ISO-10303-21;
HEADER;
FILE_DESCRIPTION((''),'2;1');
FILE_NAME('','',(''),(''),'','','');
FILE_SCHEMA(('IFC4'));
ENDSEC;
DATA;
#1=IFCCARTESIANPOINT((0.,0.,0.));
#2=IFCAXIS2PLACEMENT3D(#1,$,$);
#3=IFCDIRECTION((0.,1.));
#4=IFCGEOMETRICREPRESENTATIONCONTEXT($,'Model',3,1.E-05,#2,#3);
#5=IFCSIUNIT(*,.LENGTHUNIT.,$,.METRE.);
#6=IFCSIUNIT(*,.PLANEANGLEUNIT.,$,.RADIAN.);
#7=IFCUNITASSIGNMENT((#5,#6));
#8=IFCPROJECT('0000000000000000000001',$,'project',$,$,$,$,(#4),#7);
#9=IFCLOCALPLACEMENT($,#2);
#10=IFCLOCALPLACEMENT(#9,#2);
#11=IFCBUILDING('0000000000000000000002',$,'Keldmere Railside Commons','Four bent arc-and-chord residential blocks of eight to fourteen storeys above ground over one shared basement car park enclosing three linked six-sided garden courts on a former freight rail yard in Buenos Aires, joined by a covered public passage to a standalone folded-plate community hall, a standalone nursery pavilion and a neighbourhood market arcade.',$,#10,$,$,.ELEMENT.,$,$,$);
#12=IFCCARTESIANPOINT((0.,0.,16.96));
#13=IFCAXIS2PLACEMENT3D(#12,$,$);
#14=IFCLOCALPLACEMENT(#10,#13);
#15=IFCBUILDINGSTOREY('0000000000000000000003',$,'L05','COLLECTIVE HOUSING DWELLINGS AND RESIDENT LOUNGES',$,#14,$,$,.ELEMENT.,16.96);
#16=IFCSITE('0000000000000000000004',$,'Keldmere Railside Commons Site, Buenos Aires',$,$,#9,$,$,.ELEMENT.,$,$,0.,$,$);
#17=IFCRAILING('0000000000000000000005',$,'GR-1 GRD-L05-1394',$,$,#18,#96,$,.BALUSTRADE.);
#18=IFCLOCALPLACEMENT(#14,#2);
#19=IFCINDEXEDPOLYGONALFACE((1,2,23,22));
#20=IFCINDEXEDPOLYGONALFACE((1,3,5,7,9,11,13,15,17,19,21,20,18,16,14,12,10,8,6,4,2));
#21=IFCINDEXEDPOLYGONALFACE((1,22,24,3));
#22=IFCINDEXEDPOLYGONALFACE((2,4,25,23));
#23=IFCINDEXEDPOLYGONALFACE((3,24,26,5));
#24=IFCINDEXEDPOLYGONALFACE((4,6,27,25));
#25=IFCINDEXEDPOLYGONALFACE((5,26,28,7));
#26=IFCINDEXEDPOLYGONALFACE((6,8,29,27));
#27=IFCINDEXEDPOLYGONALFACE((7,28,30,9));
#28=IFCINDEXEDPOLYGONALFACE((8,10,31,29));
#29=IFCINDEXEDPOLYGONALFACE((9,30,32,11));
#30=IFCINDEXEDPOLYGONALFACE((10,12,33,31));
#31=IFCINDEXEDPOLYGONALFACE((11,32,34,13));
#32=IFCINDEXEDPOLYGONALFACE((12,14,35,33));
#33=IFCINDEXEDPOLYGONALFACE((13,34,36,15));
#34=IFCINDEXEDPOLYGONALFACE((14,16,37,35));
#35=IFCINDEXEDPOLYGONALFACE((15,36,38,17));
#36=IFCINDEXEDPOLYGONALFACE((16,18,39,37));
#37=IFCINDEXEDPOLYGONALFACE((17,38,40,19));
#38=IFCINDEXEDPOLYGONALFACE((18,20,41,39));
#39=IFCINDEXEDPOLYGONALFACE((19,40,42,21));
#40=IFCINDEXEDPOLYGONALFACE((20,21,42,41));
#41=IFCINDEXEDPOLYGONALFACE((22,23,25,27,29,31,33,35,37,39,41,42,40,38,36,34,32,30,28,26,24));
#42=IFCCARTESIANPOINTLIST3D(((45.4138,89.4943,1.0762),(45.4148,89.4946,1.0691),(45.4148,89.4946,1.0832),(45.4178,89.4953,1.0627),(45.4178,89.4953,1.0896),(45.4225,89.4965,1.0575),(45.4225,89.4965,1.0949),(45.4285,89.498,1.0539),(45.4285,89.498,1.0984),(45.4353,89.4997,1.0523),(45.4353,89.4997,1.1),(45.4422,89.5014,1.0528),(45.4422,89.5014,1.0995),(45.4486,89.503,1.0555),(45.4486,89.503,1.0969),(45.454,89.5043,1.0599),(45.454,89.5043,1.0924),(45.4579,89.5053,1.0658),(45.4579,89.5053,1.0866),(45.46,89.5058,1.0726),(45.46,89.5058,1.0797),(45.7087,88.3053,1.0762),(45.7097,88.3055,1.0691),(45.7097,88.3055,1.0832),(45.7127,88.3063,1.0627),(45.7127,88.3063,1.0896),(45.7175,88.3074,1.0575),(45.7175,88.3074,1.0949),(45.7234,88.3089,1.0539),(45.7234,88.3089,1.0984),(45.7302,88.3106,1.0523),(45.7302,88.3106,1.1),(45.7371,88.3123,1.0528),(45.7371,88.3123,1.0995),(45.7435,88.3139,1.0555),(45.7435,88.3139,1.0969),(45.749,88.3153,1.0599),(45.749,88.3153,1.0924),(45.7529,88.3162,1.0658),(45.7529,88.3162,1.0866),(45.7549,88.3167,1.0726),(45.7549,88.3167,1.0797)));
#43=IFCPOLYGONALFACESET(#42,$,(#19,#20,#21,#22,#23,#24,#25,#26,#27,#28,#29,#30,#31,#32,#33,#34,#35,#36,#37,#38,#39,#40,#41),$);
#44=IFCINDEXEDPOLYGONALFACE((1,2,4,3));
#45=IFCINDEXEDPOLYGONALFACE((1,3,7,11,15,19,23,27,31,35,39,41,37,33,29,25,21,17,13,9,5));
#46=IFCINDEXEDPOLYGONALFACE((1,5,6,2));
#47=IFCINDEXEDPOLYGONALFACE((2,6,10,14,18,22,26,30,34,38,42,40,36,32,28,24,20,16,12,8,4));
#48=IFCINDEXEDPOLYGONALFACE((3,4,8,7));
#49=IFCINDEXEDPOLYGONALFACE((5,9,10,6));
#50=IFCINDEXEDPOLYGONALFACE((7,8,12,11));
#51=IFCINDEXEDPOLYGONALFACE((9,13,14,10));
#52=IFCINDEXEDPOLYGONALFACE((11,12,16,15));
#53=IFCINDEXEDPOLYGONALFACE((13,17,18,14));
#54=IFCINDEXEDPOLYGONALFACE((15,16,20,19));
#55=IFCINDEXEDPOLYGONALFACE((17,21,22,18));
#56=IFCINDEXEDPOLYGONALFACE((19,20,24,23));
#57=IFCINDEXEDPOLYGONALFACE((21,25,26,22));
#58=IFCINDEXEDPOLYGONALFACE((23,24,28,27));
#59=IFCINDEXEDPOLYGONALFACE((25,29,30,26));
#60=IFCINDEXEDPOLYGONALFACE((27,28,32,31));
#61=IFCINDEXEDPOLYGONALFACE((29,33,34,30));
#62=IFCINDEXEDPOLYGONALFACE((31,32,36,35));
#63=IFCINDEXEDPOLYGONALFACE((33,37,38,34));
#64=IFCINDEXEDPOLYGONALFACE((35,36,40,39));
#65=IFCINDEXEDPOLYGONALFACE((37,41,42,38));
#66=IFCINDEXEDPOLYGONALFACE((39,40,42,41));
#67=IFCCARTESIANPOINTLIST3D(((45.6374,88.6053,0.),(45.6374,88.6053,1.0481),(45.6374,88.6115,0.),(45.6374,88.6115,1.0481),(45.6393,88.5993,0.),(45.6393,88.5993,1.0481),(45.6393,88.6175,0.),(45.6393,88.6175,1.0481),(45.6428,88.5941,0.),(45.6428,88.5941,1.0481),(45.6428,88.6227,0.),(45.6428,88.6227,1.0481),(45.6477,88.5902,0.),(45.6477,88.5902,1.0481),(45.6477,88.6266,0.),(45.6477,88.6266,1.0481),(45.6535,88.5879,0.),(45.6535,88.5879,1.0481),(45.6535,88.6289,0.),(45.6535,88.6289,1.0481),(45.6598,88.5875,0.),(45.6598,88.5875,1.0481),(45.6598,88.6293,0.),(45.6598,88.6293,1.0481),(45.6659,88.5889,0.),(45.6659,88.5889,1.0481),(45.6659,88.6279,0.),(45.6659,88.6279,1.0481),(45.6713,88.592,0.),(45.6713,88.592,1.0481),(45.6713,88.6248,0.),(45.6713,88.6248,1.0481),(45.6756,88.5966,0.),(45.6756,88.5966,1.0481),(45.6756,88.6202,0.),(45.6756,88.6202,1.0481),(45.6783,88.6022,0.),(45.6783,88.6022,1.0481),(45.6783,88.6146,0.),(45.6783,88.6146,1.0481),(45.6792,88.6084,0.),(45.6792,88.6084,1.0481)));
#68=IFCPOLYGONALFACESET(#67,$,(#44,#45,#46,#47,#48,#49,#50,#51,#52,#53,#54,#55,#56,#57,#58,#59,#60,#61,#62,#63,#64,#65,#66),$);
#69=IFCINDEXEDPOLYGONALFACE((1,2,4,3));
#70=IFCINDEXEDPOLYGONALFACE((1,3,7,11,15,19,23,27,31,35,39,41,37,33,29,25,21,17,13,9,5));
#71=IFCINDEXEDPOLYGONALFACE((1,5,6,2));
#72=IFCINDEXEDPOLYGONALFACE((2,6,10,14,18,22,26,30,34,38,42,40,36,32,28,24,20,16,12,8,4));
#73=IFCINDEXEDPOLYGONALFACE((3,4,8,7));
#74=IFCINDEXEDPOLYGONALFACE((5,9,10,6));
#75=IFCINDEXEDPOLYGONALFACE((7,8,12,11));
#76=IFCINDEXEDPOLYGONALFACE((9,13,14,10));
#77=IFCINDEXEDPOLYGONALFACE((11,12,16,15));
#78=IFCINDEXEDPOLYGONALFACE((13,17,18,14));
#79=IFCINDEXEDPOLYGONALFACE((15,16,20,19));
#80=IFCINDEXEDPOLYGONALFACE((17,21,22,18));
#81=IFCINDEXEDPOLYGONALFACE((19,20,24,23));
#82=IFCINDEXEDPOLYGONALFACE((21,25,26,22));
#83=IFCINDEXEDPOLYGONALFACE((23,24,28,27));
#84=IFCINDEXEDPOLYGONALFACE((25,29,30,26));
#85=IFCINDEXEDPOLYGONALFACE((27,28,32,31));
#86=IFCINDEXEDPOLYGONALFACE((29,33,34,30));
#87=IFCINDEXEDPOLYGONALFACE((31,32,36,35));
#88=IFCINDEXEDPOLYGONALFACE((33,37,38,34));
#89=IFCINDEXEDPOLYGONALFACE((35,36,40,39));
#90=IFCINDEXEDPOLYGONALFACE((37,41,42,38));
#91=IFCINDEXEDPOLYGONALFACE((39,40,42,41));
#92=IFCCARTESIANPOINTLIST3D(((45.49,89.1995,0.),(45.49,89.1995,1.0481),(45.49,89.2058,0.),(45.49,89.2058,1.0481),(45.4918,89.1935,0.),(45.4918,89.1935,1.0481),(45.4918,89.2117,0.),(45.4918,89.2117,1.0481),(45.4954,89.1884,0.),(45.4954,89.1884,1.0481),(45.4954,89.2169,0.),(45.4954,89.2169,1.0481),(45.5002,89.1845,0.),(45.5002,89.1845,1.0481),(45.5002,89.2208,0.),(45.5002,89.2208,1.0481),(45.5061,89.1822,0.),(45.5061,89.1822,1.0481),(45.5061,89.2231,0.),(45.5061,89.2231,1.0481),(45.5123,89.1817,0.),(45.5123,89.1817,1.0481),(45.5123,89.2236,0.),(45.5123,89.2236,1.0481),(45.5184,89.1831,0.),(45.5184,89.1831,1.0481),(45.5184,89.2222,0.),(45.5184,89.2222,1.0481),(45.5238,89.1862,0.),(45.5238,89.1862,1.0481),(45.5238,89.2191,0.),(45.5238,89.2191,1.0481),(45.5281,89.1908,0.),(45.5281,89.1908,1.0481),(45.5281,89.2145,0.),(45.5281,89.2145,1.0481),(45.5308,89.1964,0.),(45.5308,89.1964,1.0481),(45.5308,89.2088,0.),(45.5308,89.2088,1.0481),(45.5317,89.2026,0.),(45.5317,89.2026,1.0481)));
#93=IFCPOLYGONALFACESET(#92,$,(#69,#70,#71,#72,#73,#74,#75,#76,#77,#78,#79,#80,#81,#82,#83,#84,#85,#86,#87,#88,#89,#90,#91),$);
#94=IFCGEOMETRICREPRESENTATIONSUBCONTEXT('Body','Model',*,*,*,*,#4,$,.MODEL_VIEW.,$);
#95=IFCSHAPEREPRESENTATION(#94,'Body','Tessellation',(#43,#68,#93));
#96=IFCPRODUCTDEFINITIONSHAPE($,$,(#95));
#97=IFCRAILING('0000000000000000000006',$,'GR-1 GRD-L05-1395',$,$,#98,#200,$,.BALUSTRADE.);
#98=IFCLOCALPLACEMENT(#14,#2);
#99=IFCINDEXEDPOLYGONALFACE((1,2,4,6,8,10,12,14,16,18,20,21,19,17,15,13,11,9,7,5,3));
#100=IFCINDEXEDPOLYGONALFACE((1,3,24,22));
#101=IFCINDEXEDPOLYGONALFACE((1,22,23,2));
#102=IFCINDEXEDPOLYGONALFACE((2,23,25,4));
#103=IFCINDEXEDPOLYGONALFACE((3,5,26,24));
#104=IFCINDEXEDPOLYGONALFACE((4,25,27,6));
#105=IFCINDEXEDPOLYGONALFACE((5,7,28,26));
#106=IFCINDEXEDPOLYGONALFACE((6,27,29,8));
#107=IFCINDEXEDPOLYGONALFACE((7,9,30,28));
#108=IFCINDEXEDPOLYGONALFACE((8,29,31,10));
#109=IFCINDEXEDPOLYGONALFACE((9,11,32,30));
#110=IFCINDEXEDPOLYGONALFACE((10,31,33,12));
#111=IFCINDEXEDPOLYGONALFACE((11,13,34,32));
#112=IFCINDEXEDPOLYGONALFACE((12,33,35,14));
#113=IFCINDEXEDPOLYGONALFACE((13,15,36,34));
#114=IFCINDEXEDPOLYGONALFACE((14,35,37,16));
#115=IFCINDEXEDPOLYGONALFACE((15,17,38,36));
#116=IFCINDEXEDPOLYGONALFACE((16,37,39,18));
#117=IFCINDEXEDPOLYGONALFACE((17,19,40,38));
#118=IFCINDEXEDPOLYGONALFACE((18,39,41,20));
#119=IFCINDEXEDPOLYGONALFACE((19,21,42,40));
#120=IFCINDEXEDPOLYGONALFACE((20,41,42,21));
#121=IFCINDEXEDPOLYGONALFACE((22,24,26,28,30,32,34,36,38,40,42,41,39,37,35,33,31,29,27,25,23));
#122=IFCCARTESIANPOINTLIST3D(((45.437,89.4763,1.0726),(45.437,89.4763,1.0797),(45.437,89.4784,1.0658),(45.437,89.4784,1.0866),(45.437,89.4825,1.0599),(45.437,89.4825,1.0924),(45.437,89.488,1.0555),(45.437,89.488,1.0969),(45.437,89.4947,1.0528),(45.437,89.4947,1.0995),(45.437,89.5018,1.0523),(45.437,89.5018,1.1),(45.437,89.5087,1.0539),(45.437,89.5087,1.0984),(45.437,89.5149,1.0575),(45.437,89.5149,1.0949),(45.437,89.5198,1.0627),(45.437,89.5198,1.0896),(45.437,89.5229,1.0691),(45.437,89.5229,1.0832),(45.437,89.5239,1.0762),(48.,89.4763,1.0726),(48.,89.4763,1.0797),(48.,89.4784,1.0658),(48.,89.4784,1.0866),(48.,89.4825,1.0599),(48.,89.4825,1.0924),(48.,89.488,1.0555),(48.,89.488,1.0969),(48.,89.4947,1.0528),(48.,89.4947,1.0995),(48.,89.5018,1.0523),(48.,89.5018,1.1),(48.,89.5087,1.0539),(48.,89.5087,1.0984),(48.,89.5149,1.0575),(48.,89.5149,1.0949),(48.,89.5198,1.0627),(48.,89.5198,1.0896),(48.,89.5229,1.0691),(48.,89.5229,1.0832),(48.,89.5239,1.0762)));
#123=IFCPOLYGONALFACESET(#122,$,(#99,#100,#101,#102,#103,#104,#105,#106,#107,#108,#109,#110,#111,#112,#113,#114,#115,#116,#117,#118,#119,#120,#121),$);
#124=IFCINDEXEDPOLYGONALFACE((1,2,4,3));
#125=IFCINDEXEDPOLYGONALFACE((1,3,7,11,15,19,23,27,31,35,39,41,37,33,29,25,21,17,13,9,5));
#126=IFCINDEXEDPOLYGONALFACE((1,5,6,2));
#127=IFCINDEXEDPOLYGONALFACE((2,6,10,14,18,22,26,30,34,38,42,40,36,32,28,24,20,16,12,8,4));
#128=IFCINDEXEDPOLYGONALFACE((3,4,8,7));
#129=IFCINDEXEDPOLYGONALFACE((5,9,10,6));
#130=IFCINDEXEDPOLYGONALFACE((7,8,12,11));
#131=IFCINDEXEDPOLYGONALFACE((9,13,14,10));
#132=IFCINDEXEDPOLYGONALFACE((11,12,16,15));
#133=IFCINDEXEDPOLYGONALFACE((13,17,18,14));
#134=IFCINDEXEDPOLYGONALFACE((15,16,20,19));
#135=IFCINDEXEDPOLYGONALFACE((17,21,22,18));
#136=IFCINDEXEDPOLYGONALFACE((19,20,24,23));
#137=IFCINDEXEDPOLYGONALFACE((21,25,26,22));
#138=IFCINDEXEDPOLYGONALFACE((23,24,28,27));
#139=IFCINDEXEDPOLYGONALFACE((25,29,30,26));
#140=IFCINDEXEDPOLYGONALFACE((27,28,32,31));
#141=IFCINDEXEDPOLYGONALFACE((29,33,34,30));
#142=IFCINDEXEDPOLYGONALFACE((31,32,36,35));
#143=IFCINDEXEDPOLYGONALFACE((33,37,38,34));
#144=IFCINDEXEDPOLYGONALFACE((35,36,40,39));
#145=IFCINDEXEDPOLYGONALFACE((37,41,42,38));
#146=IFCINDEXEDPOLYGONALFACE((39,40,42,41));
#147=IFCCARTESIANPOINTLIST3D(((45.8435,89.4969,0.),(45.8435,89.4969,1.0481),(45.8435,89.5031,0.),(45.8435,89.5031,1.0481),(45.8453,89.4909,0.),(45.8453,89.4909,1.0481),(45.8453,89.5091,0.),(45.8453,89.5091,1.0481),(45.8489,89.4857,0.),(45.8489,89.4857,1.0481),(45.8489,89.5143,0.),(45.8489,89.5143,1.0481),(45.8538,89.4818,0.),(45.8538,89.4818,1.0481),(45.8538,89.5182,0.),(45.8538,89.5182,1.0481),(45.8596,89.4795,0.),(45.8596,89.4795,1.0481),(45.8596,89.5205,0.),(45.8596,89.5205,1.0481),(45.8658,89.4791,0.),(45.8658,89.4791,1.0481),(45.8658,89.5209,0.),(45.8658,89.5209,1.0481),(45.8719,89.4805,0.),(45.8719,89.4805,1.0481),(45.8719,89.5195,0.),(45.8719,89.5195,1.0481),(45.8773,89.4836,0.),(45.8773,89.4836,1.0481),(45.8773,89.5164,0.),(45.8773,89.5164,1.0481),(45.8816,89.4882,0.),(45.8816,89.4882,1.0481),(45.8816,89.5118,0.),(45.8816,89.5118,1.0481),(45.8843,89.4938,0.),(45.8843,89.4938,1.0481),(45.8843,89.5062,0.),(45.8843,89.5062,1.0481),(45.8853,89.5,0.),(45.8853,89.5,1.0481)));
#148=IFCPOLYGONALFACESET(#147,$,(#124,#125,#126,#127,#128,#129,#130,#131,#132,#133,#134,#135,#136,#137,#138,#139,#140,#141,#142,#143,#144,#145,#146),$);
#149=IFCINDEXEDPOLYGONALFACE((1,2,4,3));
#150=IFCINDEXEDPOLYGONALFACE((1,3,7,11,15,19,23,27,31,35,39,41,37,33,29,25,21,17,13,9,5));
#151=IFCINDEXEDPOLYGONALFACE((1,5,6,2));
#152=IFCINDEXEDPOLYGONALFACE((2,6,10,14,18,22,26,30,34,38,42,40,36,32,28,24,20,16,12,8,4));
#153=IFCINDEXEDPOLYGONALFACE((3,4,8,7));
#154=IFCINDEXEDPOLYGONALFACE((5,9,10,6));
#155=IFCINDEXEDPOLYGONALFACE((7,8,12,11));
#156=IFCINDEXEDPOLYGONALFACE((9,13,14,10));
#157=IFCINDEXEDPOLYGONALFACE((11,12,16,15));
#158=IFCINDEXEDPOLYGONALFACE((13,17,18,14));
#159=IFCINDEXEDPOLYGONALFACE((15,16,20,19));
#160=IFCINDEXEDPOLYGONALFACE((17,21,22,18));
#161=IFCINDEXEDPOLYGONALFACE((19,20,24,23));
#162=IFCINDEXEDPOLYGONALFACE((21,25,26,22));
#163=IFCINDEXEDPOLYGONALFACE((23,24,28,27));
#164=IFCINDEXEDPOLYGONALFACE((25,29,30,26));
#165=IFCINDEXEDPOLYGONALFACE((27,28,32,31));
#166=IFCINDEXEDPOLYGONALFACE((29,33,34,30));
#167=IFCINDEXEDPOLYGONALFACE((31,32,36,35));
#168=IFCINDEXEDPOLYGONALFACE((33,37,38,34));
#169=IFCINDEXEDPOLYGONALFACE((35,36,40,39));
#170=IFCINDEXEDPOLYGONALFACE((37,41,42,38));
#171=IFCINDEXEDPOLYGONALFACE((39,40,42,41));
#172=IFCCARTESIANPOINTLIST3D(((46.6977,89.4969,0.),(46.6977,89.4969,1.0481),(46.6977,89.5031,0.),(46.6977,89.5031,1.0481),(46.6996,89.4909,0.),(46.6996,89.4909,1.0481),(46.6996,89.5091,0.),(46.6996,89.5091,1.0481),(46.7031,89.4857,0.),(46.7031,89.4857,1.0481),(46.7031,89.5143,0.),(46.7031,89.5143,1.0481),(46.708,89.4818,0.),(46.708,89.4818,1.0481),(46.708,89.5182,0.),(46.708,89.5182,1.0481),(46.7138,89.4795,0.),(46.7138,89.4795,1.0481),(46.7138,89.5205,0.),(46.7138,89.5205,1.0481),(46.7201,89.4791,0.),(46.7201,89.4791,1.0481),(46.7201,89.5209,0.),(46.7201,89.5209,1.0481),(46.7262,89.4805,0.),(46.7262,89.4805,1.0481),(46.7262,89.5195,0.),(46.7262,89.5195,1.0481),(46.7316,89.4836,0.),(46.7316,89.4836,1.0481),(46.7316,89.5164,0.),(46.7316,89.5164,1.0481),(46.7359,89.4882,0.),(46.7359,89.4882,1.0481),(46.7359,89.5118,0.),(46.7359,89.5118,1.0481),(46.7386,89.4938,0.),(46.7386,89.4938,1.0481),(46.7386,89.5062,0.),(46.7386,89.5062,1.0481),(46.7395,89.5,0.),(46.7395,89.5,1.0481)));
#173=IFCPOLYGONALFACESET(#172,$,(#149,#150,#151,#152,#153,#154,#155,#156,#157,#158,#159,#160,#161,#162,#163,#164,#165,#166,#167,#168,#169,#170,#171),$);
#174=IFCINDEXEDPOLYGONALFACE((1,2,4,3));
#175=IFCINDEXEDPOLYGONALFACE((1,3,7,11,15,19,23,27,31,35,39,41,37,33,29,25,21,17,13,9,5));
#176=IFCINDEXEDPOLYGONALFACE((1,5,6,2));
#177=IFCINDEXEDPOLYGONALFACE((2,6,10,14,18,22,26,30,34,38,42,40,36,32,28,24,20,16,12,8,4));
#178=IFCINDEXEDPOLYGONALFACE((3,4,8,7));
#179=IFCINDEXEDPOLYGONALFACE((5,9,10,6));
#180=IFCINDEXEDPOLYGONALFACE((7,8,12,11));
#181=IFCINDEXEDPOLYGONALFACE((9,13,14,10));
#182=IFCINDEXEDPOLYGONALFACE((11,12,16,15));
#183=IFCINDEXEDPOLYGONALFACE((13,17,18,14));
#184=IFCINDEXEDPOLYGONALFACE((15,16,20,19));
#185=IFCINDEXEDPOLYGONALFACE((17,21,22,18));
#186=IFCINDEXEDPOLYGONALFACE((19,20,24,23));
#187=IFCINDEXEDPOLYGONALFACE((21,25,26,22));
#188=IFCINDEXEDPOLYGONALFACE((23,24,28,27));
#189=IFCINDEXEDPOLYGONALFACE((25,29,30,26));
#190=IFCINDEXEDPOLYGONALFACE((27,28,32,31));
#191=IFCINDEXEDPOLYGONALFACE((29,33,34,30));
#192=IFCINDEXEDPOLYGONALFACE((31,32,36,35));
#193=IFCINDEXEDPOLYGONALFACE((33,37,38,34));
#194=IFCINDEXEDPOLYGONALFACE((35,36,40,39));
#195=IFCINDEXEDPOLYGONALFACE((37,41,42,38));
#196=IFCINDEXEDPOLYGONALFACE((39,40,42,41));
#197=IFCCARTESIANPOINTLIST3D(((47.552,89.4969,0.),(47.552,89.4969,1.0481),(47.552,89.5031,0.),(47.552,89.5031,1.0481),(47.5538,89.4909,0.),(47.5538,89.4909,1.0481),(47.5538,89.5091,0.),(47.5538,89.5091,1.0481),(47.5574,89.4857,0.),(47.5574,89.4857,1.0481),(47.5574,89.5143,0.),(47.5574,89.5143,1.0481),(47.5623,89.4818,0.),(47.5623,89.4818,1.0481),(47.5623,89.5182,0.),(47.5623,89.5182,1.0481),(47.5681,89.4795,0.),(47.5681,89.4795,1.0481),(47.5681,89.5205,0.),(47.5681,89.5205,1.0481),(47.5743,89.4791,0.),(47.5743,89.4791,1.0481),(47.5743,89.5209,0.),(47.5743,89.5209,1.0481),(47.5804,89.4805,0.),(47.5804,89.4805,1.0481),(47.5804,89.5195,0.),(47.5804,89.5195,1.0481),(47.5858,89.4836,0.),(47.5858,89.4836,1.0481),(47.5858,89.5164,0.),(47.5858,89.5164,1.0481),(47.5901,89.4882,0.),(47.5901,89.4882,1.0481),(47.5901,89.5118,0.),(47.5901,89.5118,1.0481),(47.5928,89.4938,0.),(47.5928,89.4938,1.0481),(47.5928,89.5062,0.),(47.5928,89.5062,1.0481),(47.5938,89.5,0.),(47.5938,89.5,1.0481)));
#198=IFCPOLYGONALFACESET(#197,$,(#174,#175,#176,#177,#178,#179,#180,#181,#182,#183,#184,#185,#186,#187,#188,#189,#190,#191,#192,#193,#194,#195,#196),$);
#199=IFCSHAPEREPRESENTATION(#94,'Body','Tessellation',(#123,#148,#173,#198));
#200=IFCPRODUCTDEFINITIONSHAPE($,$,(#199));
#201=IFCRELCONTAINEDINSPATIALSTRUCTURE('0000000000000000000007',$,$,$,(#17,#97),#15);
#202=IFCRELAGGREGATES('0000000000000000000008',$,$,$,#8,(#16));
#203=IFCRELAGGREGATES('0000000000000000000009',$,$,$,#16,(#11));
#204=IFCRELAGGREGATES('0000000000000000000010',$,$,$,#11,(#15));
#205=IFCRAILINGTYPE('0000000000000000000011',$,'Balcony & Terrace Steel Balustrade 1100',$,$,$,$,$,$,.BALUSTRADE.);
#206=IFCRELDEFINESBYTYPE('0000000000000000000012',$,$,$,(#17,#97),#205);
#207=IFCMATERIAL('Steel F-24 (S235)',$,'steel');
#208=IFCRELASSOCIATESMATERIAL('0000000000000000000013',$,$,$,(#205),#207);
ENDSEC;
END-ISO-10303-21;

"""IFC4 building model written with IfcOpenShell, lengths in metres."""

from ifc_helpers import new_model, si_unit, direction, frame, origin, origin_2d, place, context, subcontext, project, spatial, circle, extrude, material, type_object, element, save


model = new_model("IFC4")

# Units and contexts
model_context = context("Model", 3, precision=1e-05, world=origin(), true_north=direction((0.0, 1.0)))
body_context = subcontext(model_context, "Body", "Model", "MODEL_VIEW")
ifc_project = project(units=[si_unit("LENGTHUNIT", "METRE"), si_unit("PLANEANGLEUNIT", "RADIAN")], contexts=[model_context])

# Site, building, storey
site_placement = place(None, origin())
site = spatial("IfcSite", under=ifc_project, at=site_placement, Name="Keldmere Railside Commons Site, Buenos Aires", CompositionType="ELEMENT", RefElevation=0.0)
building_placement = place(site_placement, origin())
building = spatial("IfcBuilding", under=site, at=building_placement, Name="Keldmere Railside Commons", Description="Four bent arc-and-chord residential blocks of eight to fourteen storeys above ground over one shared basement car park enclosing three linked six-sided garden courts on a former freight rail yard in Buenos Aires, joined by a covered public passage to a standalone folded-plate community hall, a standalone nursery pavilion and a neighbourhood market arcade.", CompositionType="ELEMENT")
storey_placement = place(building_placement, frame((0.0, 0.0, 16.96)))
storey = spatial("IfcBuildingStorey", under=building, at=storey_placement, Name="L05", Description="COLLECTIVE HOUSING DWELLINGS AND RESIDENT LOUNGES", CompositionType="ELEMENT", Elevation=16.96)

# Railings
ifc_material_1 = material(Name="Steel F-24 (S235)", Category="steel")
railing_type = type_object("IfcRailingType", Name="Balcony & Terrace Steel Balustrade 1100", PredefinedType="BALUSTRADE", material=ifc_material_1)
railing_1_placement = place(storey_placement, frame((45.7319, 88.311, 0.0)))
element("IfcRailing", 1, at=railing_1_placement, inside=storey, type_object=railing_type, Name="GR-1 GRD-L05-1394", PredefinedType="BALUSTRADE", context=body_context, shape_type="SweptSolid", body=[
    extrude(circle(Radius=0.0239, at=origin_2d()), frame((0.0, 0.0, 1.0762), z_axis=(-0.240753, 0.970586, 0.0), x_axis=(-0.970586, -0.240753, 0.0)), (0.0, 0.0, 1.0), 1.2251),
    extrude(circle(Radius=0.021, at=origin_2d()), frame((-0.0737, 0.2974, 0.0)), (0.0, 0.0, 1.0), 1.0481),
    extrude(circle(Radius=0.021, at=origin_2d()), frame((-0.2212, 0.8916, 0.0)), (0.0, 0.0, 1.0), 1.0481),
])
railing_2_placement = place(storey_placement, frame((45.437, 89.5, 0.0)))
element("IfcRailing", 2, at=railing_2_placement, inside=storey, type_object=railing_type, Name="GR-1 GRD-L05-1395", PredefinedType="BALUSTRADE", context=body_context, shape_type="SweptSolid", body=[
    extrude(circle(Radius=0.0239, at=origin_2d()), frame((0.0, 0.0, 1.0762), z_axis=(1.0, 0.0, 0.0), x_axis=(0.0, 1.0, 0.0)), (0.0, 0.0, 1.0), 2.563),
    extrude(circle(Radius=0.021, at=origin_2d()), frame((0.4272, 0.0, 0.0)), (0.0, 0.0, 1.0), 1.0481),
    extrude(circle(Radius=0.021, at=origin_2d()), frame((1.2815, 0.0, 0.0)), (0.0, 0.0, 1.0), 1.0481),
    extrude(circle(Radius=0.021, at=origin_2d()), frame((2.1357, 0.0, 0.0)), (0.0, 0.0, 1.0), 1.0481),
])

save(model, "model.ifc")
